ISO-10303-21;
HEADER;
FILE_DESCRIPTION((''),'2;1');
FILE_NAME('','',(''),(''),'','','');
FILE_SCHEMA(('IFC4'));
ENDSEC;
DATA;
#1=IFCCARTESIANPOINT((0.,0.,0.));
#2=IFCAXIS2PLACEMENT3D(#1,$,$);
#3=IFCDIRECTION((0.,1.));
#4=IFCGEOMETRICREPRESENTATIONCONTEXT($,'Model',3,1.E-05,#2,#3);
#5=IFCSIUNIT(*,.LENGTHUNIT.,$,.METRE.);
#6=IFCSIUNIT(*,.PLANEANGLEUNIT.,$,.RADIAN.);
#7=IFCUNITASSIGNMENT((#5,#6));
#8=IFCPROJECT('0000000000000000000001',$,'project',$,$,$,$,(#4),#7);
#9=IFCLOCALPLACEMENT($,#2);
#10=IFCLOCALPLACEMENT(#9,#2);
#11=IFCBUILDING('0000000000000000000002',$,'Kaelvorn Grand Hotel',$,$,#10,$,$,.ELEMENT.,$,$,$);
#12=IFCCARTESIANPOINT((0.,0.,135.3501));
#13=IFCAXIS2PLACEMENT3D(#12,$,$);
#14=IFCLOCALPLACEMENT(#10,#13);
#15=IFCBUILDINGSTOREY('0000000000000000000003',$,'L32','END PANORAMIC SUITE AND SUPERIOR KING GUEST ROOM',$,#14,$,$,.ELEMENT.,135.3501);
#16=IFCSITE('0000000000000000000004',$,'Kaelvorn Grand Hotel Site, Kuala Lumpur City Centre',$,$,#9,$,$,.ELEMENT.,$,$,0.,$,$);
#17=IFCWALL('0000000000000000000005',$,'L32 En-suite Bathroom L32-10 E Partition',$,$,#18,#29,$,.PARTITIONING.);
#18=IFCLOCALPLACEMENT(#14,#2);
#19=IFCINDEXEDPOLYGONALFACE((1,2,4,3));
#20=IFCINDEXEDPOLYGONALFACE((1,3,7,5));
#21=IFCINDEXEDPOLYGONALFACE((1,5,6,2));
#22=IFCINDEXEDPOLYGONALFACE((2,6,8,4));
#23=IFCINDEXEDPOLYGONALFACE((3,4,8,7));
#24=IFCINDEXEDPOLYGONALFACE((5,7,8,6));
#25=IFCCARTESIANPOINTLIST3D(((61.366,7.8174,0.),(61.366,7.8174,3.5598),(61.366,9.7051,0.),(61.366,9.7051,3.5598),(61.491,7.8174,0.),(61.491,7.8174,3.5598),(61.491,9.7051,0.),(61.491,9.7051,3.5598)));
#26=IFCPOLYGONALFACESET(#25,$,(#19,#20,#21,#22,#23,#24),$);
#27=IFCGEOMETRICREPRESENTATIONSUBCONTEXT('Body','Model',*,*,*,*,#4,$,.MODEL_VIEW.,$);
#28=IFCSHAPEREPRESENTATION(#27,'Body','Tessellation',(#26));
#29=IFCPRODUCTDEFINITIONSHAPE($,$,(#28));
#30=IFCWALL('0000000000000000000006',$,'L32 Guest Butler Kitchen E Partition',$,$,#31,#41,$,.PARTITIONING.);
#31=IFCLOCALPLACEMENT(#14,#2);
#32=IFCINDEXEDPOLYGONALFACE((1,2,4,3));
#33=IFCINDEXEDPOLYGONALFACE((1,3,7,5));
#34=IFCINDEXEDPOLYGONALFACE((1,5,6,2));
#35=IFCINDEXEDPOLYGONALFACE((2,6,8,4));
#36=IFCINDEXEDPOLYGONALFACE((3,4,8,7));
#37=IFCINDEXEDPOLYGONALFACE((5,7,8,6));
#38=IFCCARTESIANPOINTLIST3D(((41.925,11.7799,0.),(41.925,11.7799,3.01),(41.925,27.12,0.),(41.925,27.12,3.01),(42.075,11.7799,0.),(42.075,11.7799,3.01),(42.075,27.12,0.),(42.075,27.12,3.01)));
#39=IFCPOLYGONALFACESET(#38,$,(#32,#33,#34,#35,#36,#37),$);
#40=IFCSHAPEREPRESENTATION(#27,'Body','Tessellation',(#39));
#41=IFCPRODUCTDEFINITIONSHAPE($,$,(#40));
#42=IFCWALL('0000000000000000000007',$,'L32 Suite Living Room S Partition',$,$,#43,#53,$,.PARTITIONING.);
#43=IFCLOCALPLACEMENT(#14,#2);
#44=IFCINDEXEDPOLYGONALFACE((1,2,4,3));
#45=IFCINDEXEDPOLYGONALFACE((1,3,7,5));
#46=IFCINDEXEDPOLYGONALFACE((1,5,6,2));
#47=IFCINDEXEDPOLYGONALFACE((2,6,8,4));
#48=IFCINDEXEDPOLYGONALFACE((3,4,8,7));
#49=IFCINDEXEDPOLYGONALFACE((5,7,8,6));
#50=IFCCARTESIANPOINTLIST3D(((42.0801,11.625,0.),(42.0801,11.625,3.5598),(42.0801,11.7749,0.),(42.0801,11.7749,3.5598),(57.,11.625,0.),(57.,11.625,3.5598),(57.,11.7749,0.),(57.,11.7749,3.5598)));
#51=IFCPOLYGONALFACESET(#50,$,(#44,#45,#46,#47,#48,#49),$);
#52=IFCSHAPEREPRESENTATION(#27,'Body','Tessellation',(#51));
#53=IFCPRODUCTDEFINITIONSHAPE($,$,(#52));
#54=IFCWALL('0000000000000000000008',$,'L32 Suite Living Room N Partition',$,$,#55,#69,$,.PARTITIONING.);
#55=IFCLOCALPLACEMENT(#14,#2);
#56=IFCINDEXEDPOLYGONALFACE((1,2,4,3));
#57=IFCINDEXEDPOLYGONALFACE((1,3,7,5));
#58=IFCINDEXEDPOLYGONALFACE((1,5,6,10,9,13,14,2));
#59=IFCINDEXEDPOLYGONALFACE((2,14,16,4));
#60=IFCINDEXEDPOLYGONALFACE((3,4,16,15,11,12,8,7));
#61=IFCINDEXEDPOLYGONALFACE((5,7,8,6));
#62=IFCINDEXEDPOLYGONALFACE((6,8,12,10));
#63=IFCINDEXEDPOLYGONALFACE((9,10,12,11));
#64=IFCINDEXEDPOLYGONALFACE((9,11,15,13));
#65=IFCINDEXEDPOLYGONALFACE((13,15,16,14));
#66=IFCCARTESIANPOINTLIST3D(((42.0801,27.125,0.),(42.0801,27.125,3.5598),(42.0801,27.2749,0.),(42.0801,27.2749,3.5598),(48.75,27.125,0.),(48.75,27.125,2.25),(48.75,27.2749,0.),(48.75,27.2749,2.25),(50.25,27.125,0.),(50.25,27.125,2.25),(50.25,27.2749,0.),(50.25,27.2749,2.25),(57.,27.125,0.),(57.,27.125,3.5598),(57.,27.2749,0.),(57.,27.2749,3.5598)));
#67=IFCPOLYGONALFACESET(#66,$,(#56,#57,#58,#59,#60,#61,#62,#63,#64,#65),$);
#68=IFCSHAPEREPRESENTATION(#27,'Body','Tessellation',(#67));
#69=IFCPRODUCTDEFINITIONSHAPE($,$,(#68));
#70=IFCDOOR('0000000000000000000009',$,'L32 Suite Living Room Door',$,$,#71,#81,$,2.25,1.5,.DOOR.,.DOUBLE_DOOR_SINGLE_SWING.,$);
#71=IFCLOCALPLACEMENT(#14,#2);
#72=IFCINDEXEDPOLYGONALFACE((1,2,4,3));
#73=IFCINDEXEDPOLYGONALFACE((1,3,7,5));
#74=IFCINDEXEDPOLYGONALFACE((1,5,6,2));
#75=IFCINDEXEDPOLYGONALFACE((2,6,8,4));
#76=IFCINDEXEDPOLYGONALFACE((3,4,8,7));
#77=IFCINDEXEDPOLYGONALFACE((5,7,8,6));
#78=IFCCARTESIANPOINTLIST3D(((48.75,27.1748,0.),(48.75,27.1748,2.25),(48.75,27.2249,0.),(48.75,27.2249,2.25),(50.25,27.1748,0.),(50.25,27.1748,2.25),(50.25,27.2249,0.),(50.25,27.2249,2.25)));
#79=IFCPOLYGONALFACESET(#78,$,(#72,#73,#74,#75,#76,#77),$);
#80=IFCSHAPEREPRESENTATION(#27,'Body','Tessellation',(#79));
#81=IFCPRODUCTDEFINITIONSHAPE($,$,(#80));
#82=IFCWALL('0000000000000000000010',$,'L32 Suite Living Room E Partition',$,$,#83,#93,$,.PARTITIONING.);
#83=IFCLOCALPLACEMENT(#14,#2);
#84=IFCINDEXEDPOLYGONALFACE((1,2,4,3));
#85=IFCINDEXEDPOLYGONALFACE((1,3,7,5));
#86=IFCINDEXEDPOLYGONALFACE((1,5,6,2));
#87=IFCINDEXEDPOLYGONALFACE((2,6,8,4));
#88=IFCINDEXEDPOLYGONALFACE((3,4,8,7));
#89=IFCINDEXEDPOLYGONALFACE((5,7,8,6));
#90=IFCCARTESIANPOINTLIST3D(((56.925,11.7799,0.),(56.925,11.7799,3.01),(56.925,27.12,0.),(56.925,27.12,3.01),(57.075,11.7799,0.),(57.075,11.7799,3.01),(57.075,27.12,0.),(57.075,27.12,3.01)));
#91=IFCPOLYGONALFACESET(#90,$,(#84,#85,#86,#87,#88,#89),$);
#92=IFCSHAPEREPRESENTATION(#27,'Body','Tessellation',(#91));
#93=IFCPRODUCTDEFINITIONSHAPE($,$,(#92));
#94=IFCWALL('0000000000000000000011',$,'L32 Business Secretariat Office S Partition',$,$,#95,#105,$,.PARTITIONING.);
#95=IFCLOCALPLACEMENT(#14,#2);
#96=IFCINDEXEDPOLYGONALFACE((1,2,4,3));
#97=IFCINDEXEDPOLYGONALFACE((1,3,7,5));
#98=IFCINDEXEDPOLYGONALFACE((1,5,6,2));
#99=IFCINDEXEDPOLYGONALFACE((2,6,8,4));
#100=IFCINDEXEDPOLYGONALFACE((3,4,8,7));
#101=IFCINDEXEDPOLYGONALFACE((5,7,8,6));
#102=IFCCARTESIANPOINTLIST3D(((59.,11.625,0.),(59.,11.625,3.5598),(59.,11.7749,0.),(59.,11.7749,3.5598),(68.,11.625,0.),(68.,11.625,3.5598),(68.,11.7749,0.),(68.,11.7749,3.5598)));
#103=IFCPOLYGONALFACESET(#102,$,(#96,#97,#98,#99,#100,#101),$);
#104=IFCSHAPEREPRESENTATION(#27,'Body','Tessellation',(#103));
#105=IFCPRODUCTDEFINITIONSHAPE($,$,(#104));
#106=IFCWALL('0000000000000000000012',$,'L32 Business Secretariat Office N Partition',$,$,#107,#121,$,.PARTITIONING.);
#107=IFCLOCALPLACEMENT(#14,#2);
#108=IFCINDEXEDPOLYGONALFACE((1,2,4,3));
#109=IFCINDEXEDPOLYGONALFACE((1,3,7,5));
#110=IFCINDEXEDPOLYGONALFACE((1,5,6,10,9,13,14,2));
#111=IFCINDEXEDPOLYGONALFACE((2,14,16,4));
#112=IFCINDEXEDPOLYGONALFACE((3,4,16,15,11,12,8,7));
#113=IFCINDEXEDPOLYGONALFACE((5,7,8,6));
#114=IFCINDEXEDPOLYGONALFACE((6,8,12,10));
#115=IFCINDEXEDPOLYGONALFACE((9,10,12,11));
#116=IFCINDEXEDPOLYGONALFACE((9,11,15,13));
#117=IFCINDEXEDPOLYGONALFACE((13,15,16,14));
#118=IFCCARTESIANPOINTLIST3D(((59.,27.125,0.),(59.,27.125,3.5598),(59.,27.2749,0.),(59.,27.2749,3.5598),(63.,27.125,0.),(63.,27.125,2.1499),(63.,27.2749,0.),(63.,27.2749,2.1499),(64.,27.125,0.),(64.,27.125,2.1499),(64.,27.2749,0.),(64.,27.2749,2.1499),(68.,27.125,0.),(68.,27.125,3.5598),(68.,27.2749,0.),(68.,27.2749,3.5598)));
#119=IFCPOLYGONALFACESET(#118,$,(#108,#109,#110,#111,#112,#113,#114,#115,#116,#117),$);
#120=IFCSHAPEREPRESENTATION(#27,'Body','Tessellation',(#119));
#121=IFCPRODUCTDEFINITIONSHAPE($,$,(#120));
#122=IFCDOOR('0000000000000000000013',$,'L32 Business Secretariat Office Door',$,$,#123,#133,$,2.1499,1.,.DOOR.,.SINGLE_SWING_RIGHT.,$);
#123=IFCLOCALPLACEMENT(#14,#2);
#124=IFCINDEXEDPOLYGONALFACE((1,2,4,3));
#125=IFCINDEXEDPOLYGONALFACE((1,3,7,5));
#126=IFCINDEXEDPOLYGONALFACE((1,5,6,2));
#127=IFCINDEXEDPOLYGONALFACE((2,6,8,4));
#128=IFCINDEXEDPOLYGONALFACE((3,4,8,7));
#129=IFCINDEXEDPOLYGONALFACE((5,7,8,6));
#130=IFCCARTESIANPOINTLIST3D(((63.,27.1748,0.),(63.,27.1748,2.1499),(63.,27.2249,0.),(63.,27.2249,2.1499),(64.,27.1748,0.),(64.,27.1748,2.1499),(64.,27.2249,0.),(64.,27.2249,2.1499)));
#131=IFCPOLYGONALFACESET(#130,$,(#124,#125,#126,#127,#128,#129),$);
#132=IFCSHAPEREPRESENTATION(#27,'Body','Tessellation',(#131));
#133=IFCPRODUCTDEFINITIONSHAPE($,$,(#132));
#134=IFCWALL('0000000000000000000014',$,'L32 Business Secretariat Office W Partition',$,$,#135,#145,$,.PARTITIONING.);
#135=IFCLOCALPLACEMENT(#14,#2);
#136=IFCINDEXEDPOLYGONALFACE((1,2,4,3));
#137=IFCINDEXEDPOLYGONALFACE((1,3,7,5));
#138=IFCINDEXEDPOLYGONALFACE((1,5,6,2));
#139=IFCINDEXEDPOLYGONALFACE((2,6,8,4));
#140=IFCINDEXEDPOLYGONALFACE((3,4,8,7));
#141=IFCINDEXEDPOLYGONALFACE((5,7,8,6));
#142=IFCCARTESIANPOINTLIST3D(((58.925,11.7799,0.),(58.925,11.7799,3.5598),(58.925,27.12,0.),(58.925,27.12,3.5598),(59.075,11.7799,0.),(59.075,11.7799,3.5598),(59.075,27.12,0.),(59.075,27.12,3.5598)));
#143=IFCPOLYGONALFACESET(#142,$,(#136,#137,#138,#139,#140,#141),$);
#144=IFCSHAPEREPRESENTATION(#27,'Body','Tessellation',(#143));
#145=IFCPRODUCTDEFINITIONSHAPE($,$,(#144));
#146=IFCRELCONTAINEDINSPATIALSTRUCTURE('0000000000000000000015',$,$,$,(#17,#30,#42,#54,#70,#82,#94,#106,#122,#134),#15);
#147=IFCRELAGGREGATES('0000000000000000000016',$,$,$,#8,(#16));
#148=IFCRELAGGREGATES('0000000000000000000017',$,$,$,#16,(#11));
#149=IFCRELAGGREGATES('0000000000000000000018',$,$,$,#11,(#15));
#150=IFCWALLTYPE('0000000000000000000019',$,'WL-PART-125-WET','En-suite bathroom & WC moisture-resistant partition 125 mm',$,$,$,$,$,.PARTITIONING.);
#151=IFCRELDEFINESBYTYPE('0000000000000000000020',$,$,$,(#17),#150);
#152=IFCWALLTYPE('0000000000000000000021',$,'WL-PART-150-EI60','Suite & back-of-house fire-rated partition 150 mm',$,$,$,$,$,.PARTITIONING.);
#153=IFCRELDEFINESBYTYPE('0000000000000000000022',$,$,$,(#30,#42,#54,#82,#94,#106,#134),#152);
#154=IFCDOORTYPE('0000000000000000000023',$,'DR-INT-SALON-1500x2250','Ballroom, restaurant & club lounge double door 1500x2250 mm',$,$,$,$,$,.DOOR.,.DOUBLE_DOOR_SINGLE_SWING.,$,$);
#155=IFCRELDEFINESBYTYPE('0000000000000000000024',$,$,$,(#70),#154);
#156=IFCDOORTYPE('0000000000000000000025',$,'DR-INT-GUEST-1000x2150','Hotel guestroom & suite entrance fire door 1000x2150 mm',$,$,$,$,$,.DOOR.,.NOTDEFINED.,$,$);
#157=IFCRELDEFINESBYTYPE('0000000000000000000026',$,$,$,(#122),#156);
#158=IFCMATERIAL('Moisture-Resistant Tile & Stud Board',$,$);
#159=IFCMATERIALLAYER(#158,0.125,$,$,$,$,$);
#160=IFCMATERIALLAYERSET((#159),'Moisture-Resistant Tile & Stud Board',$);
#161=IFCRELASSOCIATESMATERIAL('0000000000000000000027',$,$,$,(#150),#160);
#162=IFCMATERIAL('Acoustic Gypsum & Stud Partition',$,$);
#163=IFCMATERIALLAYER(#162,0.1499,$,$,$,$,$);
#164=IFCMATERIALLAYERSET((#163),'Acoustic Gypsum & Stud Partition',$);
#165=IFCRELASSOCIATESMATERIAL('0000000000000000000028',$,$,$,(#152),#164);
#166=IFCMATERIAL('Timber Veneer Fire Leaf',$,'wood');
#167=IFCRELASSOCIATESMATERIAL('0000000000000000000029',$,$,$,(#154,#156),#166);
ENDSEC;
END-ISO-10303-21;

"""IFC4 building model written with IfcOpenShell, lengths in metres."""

from ifc_helpers import new_model, si_unit, direction, frame, frame_2d, origin, place, context, subcontext, project, spatial, rectangle, extrude, material, layer, layer_set, type_object, element, fill, save


model = new_model("IFC4")

# Units and contexts
model_context = context("Model", 3, precision=1e-05, world=origin(), true_north=direction((0.0, 1.0)))
body_context = subcontext(model_context, "Body", "Model", "MODEL_VIEW")
ifc_project = project(units=[si_unit("LENGTHUNIT", "METRE"), si_unit("PLANEANGLEUNIT", "RADIAN")], contexts=[model_context])

# Site, building, storey
site_placement = place(None, origin())
site = spatial("IfcSite", under=ifc_project, at=site_placement, Name="Kaelvorn Grand Hotel Site, Kuala Lumpur City Centre", CompositionType="ELEMENT", RefElevation=0.0)
building_placement = place(site_placement, origin())
building = spatial("IfcBuilding", under=site, at=building_placement, Name="Kaelvorn Grand Hotel", CompositionType="ELEMENT")
storey_placement = place(building_placement, frame((0.0, 0.0, 135.3501)))
storey = spatial("IfcBuildingStorey", under=building, at=storey_placement, Name="L32", Description="END PANORAMIC SUITE AND SUPERIOR KING GUEST ROOM", CompositionType="ELEMENT", Elevation=135.3501)

# Walls
ifc_material_1 = material(Name="Moisture-Resistant Tile & Stud Board")
ifc_layer_1 = layer(ifc_material_1, 0.125)
ifc_layer_set_1 = layer_set([ifc_layer_1], Name="Moisture-Resistant Tile & Stud Board")
wall_type_1 = type_object("IfcWallType", Name="WL-PART-125-WET", Description="En-suite bathroom & WC moisture-resistant partition 125 mm", PredefinedType="PARTITIONING", material=ifc_layer_set_1)
for number, where, z_axis, x_axis, name in (
    (1, (61.4285, 7.8174, 0.0), (0.0, 0.0, 1.0), (0.0, 1.0, 0.0), "L32 En-suite Bathroom L32-10 E Partition"),
):
    element("IfcWall", number, at=place(storey_placement, frame(where, z_axis=z_axis, x_axis=x_axis)), inside=storey, type_object=wall_type_1, Name=name, PredefinedType="PARTITIONING", context=body_context, shape_type="SweptSolid", body=[
        extrude(rectangle(XDim=1.8877, YDim=0.125, at=frame_2d((0.9438, 0.0))), origin(), (0.0, 0.0, 1.0), 3.5598),
    ])
ifc_material_2 = material(Name="Acoustic Gypsum & Stud Partition")
ifc_layer_2 = layer(ifc_material_2, 0.1499)
ifc_layer_set_2 = layer_set([ifc_layer_2], Name="Acoustic Gypsum & Stud Partition")
wall_type_2 = type_object("IfcWallType", Name="WL-PART-150-EI60", Description="Suite & back-of-house fire-rated partition 150 mm", PredefinedType="PARTITIONING", material=ifc_layer_set_2)
wall_1_placement = place(storey_placement, frame((42.0, 11.78, 0.0), z_axis=(0.0, 0.0, 1.0), x_axis=(0.0, 1.0, 0.0)))
element("IfcWall", 2, at=wall_1_placement, inside=storey, type_object=wall_type_2, Name="L32 Guest Butler Kitchen E Partition", PredefinedType="PARTITIONING", context=body_context, shape_type="SweptSolid", body=[
    extrude(rectangle(XDim=15.3401, YDim=0.1499, at=frame_2d((7.6699, 0.0))), origin(), (0.0, 0.0, 1.0), 3.01),
])
wall_2_placement = place(storey_placement, frame((42.0801, 11.7, 0.0), z_axis=(0.0, 0.0, 1.0), x_axis=(1.0, 0.0, 0.0)))
element("IfcWall", 3, at=wall_2_placement, inside=storey, type_object=wall_type_2, Name="L32 Suite Living Room S Partition", PredefinedType="PARTITIONING", context=body_context, shape_type="SweptSolid", body=[
    extrude(rectangle(XDim=14.9199, YDim=0.1499, at=frame_2d((7.46, 0.0))), origin(), (0.0, 0.0, 1.0), 3.5598),
])

# Wall, opening, door
wall_3_placement = place(storey_placement, frame((42.0801, 27.2, 0.0), z_axis=(0.0, 0.0, 1.0), x_axis=(1.0, 0.0, 0.0)))
wall_3 = element("IfcWall", 4, at=wall_3_placement, inside=storey, type_object=wall_type_2, Name="L32 Suite Living Room N Partition", PredefinedType="PARTITIONING", context=body_context, shape_type="SweptSolid", body=[
    extrude(rectangle(XDim=14.9199, YDim=0.1499, at=frame_2d((7.46, 0.0))), origin(), (0.0, 0.0, 1.0), 3.5598),
])
opening_1_placement = place(wall_3_placement, frame((6.6699, 0.0, 0.0)))
opening_1 = element("IfcOpeningElement", 5, at=opening_1_placement, cuts=wall_3, PredefinedType="OPENING", context=body_context, shape_type="SweptSolid", body=[
    extrude(rectangle(XDim=1.5, YDim=2.25, at=frame_2d((0.75, 1.125))), frame((0.0, 0.085, 0.0), z_axis=(0.0, -1.0, 0.0), x_axis=(1.0, 0.0, 0.0)), (0.0, 0.0, 1.0), 0.1699),
])
ifc_material_3 = material(Name="Timber Veneer Fire Leaf", Category="wood")
door_type_1 = type_object("IfcDoorType", Name="DR-INT-SALON-1500x2250", Description="Ballroom, restaurant & club lounge double door 1500x2250 mm", OperationType="DOUBLE_DOOR_SINGLE_SWING", PredefinedType="DOOR", material=ifc_material_3)
door_1_placement = place(opening_1_placement, origin())
door_1 = element("IfcDoor", 6, at=door_1_placement, inside=storey, type_object=door_type_1, Name="L32 Suite Living Room Door", OperationType="DOUBLE_DOOR_SINGLE_SWING", OverallHeight=2.25, OverallWidth=1.5, PredefinedType="DOOR", context=body_context, shape_type="SweptSolid", body=[
    extrude(rectangle(XDim=1.5, YDim=2.25, at=frame_2d((0.75, 1.125))), frame((0.0, 0.0249, 0.0), z_axis=(0.0, -1.0, 0.0), x_axis=(1.0, 0.0, 0.0)), (0.0, 0.0, 1.0), 0.05),
])
fill(opening_1, door_1)

# Walls
wall_4_placement = place(storey_placement, frame((57.0, 11.78, 0.0), z_axis=(0.0, 0.0, 1.0), x_axis=(0.0, 1.0, 0.0)))
element("IfcWall", 7, at=wall_4_placement, inside=storey, type_object=wall_type_2, Name="L32 Suite Living Room E Partition", PredefinedType="PARTITIONING", context=body_context, shape_type="SweptSolid", body=[
    extrude(rectangle(XDim=15.3401, YDim=0.1499, at=frame_2d((7.6699, 0.0))), origin(), (0.0, 0.0, 1.0), 3.01),
])
wall_5_placement = place(storey_placement, frame((59.0, 11.7, 0.0), z_axis=(0.0, 0.0, 1.0), x_axis=(1.0, 0.0, 0.0)))
element("IfcWall", 8, at=wall_5_placement, inside=storey, type_object=wall_type_2, Name="L32 Business Secretariat Office S Partition", PredefinedType="PARTITIONING", context=body_context, shape_type="SweptSolid", body=[
    extrude(rectangle(XDim=9.0, YDim=0.1499, at=frame_2d((4.5, 0.0))), origin(), (0.0, 0.0, 1.0), 3.5598),
])

# Wall, opening, door
wall_6_placement = place(storey_placement, frame((59.0, 27.2, 0.0), z_axis=(0.0, 0.0, 1.0), x_axis=(1.0, 0.0, 0.0)))
wall_6 = element("IfcWall", 9, at=wall_6_placement, inside=storey, type_object=wall_type_2, Name="L32 Business Secretariat Office N Partition", PredefinedType="PARTITIONING", context=body_context, shape_type="SweptSolid", body=[
    extrude(rectangle(XDim=9.0, YDim=0.1499, at=frame_2d((4.5, 0.0))), origin(), (0.0, 0.0, 1.0), 3.5598),
])
opening_2_placement = place(wall_6_placement, frame((4.0, 0.0, 0.0)))
opening_2 = element("IfcOpeningElement", 10, at=opening_2_placement, cuts=wall_6, PredefinedType="OPENING", context=body_context, shape_type="SweptSolid", body=[
    extrude(rectangle(XDim=1.0, YDim=2.1499, at=frame_2d((0.5, 1.075))), frame((0.0, 0.085, 0.0), z_axis=(0.0, -1.0, 0.0), x_axis=(1.0, 0.0, 0.0)), (0.0, 0.0, 1.0), 0.1699),
])
door_type_2 = type_object("IfcDoorType", Name="DR-INT-GUEST-1000x2150", Description="Hotel guestroom & suite entrance fire door 1000x2150 mm", OperationType="NOTDEFINED", PredefinedType="DOOR", material=ifc_material_3)
door_2_placement = place(opening_2_placement, origin())
door_2 = element("IfcDoor", 11, at=door_2_placement, inside=storey, type_object=door_type_2, Name="L32 Business Secretariat Office Door", OperationType="SINGLE_SWING_RIGHT", OverallHeight=2.1499, OverallWidth=1.0, PredefinedType="DOOR", context=body_context, shape_type="SweptSolid", body=[
    extrude(rectangle(XDim=1.0, YDim=2.1499, at=frame_2d((0.5, 1.075))), frame((0.0, 0.0249, 0.0), z_axis=(0.0, -1.0, 0.0), x_axis=(1.0, 0.0, 0.0)), (0.0, 0.0, 1.0), 0.05),
])
fill(opening_2, door_2)

# Wall
wall_7_placement = place(storey_placement, frame((59.0, 11.78, 0.0), z_axis=(0.0, 0.0, 1.0), x_axis=(0.0, 1.0, 0.0)))
element("IfcWall", 12, at=wall_7_placement, inside=storey, type_object=wall_type_2, Name="L32 Business Secretariat Office W Partition", PredefinedType="PARTITIONING", context=body_context, shape_type="SweptSolid", body=[
    extrude(rectangle(XDim=15.3401, YDim=0.1499, at=frame_2d((7.6699, 0.0))), origin(), (0.0, 0.0, 1.0), 3.5598),
])

save(model, "model.ifc")
